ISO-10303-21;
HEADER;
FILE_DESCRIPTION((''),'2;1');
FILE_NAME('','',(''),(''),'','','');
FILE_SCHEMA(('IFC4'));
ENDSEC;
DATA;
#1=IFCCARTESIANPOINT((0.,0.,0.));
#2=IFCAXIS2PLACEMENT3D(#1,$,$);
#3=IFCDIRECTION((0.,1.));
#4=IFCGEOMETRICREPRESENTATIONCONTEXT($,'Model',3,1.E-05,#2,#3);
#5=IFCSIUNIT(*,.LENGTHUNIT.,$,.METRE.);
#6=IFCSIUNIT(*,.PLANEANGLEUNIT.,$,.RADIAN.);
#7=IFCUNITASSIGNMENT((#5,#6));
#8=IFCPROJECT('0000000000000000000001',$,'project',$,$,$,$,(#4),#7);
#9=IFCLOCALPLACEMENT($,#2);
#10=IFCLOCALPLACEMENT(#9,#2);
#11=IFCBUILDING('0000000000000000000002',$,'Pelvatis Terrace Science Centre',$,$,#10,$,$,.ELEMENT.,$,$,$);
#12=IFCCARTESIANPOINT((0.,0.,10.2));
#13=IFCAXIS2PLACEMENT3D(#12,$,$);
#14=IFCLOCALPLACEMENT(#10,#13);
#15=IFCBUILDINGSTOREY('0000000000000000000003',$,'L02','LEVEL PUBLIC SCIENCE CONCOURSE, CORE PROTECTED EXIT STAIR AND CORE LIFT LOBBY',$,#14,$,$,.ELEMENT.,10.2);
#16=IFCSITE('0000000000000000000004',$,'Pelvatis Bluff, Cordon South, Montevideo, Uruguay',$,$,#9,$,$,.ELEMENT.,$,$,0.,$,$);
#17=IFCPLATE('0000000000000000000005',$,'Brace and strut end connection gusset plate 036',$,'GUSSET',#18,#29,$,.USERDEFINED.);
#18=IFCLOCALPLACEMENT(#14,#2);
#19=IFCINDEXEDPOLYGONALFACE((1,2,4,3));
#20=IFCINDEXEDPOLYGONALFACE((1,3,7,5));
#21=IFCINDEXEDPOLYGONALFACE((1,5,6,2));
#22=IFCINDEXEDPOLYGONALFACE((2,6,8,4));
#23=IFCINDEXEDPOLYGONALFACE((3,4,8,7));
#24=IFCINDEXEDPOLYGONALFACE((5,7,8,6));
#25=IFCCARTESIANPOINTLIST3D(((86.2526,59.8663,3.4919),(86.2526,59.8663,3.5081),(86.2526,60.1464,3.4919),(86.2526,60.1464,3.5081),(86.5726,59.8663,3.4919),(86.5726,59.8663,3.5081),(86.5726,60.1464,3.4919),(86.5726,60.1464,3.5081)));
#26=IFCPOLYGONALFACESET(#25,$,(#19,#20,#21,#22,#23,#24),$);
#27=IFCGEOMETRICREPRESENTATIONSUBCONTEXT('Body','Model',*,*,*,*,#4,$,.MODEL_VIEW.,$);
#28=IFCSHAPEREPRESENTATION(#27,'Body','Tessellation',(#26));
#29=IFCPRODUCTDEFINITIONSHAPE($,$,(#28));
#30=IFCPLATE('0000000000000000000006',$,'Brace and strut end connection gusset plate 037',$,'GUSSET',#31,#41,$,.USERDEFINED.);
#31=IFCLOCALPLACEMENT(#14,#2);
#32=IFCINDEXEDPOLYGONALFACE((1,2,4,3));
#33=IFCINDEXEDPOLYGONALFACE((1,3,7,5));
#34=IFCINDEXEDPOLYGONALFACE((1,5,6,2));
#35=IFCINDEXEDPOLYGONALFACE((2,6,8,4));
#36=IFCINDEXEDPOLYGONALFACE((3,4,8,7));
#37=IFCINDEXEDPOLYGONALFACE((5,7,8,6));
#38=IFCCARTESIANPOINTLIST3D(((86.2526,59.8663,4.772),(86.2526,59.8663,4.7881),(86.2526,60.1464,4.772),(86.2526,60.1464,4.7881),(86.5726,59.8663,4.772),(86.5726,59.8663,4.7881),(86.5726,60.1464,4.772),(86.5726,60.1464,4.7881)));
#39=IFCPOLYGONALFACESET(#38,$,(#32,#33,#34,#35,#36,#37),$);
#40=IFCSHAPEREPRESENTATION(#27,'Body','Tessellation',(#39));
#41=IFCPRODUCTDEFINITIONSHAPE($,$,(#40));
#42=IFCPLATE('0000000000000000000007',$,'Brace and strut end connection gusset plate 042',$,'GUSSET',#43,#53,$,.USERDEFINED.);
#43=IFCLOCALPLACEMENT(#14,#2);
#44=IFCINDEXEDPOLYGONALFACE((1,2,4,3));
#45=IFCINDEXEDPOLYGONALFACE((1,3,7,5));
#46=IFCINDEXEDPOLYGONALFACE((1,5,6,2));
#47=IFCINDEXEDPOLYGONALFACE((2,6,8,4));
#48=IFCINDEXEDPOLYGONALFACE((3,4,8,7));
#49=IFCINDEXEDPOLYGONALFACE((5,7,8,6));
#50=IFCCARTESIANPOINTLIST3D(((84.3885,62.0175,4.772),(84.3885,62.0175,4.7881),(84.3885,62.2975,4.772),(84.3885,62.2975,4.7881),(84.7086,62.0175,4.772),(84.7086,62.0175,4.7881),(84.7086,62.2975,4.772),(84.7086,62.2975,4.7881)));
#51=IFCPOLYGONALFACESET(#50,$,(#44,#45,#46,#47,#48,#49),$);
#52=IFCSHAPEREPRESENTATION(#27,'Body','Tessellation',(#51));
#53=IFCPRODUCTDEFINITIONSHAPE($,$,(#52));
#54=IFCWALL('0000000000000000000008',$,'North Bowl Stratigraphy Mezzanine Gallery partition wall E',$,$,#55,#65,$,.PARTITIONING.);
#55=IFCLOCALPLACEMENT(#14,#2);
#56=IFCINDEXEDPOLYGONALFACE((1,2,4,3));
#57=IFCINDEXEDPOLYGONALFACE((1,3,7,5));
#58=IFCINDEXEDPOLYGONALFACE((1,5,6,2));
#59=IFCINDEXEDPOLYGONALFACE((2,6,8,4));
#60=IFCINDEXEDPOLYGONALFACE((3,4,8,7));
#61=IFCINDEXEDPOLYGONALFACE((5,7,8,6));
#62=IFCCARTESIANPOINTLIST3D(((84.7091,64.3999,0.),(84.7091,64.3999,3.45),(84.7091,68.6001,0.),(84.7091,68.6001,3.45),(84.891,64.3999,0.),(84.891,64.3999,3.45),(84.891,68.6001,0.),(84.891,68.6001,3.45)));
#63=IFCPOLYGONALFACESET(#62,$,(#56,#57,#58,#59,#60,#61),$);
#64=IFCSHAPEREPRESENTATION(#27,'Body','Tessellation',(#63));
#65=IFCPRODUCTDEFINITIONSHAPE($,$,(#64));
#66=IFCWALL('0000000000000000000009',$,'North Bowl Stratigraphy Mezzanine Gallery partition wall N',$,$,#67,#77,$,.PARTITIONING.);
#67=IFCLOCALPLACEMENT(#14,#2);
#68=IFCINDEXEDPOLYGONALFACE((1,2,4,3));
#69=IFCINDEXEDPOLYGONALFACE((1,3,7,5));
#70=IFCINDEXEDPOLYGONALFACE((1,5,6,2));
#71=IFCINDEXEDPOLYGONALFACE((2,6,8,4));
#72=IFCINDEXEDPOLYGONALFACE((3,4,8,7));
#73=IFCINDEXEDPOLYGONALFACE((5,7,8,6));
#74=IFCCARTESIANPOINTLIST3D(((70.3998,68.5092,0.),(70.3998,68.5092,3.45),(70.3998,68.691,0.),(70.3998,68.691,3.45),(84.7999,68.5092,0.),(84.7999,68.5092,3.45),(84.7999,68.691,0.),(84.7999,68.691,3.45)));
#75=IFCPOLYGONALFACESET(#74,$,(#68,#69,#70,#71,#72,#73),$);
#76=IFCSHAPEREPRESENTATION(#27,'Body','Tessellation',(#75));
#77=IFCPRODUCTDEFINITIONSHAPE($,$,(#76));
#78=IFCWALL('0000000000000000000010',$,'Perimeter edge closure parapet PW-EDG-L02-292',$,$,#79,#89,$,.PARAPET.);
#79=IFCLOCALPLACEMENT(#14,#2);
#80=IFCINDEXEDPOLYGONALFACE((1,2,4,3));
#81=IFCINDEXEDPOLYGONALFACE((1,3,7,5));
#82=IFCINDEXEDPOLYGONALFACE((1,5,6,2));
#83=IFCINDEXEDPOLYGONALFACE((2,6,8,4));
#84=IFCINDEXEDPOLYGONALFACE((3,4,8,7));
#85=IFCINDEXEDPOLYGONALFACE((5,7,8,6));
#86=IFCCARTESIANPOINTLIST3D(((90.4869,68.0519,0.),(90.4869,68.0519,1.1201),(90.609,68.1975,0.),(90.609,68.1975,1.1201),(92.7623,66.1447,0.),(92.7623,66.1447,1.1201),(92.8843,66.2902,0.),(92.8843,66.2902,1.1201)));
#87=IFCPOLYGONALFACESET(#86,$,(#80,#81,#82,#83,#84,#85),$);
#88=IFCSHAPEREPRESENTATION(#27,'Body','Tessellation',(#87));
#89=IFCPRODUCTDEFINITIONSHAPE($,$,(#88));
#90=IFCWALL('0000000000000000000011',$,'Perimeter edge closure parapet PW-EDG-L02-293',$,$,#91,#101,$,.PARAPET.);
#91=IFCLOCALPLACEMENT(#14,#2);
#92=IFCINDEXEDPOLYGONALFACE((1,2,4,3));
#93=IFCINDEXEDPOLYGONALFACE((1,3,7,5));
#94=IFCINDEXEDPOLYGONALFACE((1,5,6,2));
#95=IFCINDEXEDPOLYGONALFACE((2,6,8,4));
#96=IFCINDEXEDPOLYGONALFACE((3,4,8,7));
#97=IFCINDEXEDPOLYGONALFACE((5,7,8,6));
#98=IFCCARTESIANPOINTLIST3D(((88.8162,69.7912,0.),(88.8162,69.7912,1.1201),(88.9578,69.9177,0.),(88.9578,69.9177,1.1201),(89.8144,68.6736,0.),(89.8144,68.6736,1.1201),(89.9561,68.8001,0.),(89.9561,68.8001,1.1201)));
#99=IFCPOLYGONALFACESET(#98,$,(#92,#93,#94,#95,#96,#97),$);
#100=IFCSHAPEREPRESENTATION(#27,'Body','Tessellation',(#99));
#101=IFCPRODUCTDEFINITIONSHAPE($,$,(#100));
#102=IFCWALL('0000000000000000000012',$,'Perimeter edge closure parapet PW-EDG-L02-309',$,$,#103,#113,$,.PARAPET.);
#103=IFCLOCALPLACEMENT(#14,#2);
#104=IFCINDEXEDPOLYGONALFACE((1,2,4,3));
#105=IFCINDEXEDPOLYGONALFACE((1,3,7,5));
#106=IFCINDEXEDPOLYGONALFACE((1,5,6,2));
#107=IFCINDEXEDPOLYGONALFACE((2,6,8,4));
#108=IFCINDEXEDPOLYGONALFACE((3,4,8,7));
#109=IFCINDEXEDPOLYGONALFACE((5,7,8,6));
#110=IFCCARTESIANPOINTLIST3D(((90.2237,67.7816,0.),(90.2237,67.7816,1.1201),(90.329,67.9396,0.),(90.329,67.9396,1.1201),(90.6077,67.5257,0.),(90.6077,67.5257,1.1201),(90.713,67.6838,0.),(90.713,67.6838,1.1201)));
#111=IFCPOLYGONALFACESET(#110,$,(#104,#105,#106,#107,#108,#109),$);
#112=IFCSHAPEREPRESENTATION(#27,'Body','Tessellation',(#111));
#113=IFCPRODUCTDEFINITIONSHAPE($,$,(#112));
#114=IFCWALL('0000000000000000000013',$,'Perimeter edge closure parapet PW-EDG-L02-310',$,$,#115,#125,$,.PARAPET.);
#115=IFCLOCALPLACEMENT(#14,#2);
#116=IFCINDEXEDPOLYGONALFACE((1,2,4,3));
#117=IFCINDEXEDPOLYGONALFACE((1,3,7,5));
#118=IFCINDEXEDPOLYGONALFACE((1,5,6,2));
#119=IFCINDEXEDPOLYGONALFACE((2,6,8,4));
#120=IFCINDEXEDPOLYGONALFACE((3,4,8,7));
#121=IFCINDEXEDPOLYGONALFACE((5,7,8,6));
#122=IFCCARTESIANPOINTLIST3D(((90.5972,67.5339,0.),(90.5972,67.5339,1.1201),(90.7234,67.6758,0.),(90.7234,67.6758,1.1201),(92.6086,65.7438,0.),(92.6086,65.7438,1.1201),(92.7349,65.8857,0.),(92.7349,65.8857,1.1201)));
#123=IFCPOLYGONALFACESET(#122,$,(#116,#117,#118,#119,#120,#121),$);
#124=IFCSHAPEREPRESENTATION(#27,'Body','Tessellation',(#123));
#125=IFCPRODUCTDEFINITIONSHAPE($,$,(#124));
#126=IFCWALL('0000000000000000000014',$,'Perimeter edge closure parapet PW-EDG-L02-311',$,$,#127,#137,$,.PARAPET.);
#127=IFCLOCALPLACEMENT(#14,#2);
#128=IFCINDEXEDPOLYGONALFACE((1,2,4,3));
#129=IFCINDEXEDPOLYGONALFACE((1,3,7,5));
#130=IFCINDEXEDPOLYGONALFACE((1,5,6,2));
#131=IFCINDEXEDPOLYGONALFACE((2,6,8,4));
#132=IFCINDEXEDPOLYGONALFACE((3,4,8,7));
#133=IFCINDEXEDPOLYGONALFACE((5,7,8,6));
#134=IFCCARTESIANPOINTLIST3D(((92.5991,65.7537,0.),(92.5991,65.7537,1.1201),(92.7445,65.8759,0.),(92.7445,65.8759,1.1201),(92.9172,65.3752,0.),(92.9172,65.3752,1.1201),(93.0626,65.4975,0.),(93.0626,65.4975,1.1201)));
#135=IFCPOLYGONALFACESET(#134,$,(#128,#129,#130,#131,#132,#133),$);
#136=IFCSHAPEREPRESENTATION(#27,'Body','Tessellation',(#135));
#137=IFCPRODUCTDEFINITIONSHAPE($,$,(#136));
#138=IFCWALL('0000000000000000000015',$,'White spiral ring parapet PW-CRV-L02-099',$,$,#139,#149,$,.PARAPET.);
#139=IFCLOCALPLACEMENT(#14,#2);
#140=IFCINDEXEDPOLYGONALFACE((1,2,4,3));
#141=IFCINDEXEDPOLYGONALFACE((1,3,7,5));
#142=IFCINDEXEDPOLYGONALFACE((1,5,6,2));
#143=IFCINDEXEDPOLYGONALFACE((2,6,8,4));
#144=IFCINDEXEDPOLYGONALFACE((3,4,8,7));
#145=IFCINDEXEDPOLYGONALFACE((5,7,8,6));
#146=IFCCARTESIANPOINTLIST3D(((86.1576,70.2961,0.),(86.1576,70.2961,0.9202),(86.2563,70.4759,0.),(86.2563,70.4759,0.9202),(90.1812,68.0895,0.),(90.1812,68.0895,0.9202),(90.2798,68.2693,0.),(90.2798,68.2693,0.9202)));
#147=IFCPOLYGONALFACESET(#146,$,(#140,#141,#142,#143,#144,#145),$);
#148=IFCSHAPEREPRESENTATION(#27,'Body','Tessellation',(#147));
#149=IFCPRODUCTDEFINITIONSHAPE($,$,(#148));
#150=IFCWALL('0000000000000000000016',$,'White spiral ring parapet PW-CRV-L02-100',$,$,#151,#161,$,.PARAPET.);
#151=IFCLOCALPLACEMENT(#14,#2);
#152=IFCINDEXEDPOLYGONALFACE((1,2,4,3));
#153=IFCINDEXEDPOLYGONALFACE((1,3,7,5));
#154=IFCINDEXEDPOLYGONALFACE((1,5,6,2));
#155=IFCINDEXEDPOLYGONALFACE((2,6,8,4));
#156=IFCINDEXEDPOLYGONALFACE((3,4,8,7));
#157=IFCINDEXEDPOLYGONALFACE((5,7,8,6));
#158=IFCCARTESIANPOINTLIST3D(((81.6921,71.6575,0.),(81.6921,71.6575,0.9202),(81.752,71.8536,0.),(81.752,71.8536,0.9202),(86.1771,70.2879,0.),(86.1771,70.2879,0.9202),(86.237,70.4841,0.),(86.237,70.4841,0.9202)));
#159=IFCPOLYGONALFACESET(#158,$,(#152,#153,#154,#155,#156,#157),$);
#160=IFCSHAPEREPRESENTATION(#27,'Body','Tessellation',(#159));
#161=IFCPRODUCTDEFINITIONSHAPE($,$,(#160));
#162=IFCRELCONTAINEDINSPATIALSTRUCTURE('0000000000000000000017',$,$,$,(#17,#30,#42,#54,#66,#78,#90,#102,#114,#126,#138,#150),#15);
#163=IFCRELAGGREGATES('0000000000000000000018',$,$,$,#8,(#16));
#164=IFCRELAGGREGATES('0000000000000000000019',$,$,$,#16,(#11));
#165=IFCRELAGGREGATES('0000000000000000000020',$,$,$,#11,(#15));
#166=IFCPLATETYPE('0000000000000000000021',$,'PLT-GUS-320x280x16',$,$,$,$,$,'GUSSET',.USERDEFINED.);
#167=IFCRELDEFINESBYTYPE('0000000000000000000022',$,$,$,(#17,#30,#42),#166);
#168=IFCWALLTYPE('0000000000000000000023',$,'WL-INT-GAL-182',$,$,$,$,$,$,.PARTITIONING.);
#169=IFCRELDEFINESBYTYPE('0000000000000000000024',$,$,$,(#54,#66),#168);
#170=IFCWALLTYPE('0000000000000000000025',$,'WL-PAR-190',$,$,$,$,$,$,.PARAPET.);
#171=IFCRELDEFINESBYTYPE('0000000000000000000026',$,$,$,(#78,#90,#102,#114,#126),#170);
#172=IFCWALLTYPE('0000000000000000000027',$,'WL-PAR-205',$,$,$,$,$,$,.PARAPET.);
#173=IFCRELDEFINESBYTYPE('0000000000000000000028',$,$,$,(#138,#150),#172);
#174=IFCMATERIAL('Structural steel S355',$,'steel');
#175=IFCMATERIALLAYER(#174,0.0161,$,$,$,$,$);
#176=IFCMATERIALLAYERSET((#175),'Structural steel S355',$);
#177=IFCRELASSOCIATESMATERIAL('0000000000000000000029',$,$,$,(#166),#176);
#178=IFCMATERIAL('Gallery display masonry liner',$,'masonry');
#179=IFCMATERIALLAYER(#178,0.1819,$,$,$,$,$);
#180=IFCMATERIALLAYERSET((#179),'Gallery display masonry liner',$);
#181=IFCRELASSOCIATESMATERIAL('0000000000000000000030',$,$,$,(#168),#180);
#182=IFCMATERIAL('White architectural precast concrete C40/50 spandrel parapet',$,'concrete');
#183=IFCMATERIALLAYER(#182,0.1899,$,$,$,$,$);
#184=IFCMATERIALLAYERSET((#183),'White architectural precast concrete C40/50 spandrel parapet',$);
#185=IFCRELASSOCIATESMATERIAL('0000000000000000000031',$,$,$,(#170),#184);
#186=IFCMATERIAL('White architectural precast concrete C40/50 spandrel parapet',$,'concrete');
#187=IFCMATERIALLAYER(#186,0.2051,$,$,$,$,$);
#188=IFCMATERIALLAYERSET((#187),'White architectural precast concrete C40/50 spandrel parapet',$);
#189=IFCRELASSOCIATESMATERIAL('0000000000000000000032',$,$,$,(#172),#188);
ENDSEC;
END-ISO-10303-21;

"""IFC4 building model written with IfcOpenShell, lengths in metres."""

from ifc_helpers import new_model, si_unit, direction, frame, frame_2d, origin, origin_2d, place, context, subcontext, project, spatial, rectangle, extrude, material, layer, layer_set, type_object, element, save


model = new_model("IFC4")

# Units and contexts
model_context = context("Model", 3, precision=1e-05, world=origin(), true_north=direction((0.0, 1.0)))
body_context = subcontext(model_context, "Body", "Model", "MODEL_VIEW")
ifc_project = project(units=[si_unit("LENGTHUNIT", "METRE"), si_unit("PLANEANGLEUNIT", "RADIAN")], contexts=[model_context])

# Site, building, storey
site_placement = place(None, origin())
site = spatial("IfcSite", under=ifc_project, at=site_placement, Name="Pelvatis Bluff, Cordon South, Montevideo, Uruguay", CompositionType="ELEMENT", RefElevation=0.0)
building_placement = place(site_placement, origin())
building = spatial("IfcBuilding", under=site, at=building_placement, Name="Pelvatis Terrace Science Centre", CompositionType="ELEMENT")
storey_placement = place(building_placement, frame((0.0, 0.0, 10.2)))
storey = spatial("IfcBuildingStorey", under=building, at=storey_placement, Name="L02", Description="LEVEL PUBLIC SCIENCE CONCOURSE, CORE PROTECTED EXIT STAIR AND CORE LIFT LOBBY", CompositionType="ELEMENT", Elevation=10.2)

# Plates
ifc_material_1 = material(Name="Structural steel S355", Category="steel")
ifc_layer_1 = layer(ifc_material_1, 0.0161)
ifc_layer_set_1 = layer_set([ifc_layer_1], Name="Structural steel S355")
plate_type_1 = type_object("IfcPlateType", Name="PLT-GUS-320x280x16", ElementType="GUSSET", PredefinedType="USERDEFINED", material=ifc_layer_set_1)
for number, where, z_axis, x_axis, name in (
    (1, (86.4126, 60.0063, 3.4919), (0.0, 0.0, 1.0), (1.0, 0.0, 0.0), "Brace and strut end connection gusset plate 036"),
    (2, (86.4126, 60.0063, 4.772), (0.0, 0.0, 1.0), (1.0, 0.0, 0.0), "Brace and strut end connection gusset plate 037"),
    (3, (84.5486, 62.1575, 4.772), (0.0, 0.0, 1.0), (1.0, 0.0, 0.0), "Brace and strut end connection gusset plate 042"),
):
    element("IfcPlate", number, at=place(storey_placement, frame(where, z_axis=z_axis, x_axis=x_axis)), inside=storey, type_object=plate_type_1, Name=name, ObjectType="GUSSET", PredefinedType="USERDEFINED", context=body_context, shape_type="SweptSolid", body=[
        extrude(rectangle(XDim=0.3201, YDim=0.28, at=origin_2d()), origin(), (0.0, 0.0, 1.0), 0.0161),
    ])

# Walls
ifc_material_2 = material(Name="Gallery display masonry liner", Category="masonry")
ifc_layer_2 = layer(ifc_material_2, 0.1819)
ifc_layer_set_2 = layer_set([ifc_layer_2], Name="Gallery display masonry liner")
wall_type_1 = type_object("IfcWallType", Name="WL-INT-GAL-182", PredefinedType="PARTITIONING", material=ifc_layer_set_2)
wall_1_placement = place(storey_placement, frame((84.8, 64.3999, 0.0), z_axis=(0.0, 0.0, 1.0), x_axis=(0.0, 1.0, 0.0)))
element("IfcWall", 4, at=wall_1_placement, inside=storey, type_object=wall_type_1, Name="North Bowl Stratigraphy Mezzanine Gallery partition wall E", PredefinedType="PARTITIONING", context=body_context, shape_type="SweptSolid", body=[
    extrude(rectangle(XDim=4.2002, YDim=0.1819, at=frame_2d((2.1001, 0.0))), origin(), (0.0, 0.0, 1.0), 3.45),
])
wall_2_placement = place(storey_placement, frame((84.8, 68.6001, 0.0), z_axis=(0.0, 0.0, 1.0), x_axis=(-1.0, 0.0, 0.0)))
element("IfcWall", 5, at=wall_2_placement, inside=storey, type_object=wall_type_1, Name="North Bowl Stratigraphy Mezzanine Gallery partition wall N", PredefinedType="PARTITIONING", context=body_context, shape_type="SweptSolid", body=[
    extrude(rectangle(XDim=14.4001, YDim=0.1819, at=frame_2d((7.2002, 0.0))), origin(), (0.0, 0.0, 1.0), 3.45),
])
ifc_material_3 = material(Name="White architectural precast concrete C40/50 spandrel parapet", Category="concrete")
ifc_layer_3 = layer(ifc_material_3, 0.1899)
ifc_layer_set_3 = layer_set([ifc_layer_3], Name="White architectural precast concrete C40/50 spandrel parapet")
wall_type_2 = type_object("IfcWallType", Name="WL-PAR-190", PredefinedType="PARAPET", material=ifc_layer_set_3)
wall_3_placement = place(storey_placement, frame((92.8232, 66.2175, 0.0), z_axis=(0.0, 0.0, 1.0), x_axis=(-0.766385, 0.642382, 0.0)))
element("IfcWall", 6, at=wall_3_placement, inside=storey, type_object=wall_type_2, Name="Perimeter edge closure parapet PW-EDG-L02-292", PredefinedType="PARAPET", context=body_context, shape_type="SweptSolid", body=[
    extrude(rectangle(XDim=2.969, YDim=0.1899, at=frame_2d((1.4844, 0.0))), origin(), (0.0, 0.0, 1.0), 1.1201),
])
wall_4_placement = place(storey_placement, frame((89.8853, 68.7368, 0.0), z_axis=(0.0, 0.0, 1.0), x_axis=(-0.666152, 0.745816, 0.0)))
element("IfcWall", 7, at=wall_4_placement, inside=storey, type_object=wall_type_2, Name="Perimeter edge closure parapet PW-EDG-L02-293", PredefinedType="PARAPET", context=body_context, shape_type="SweptSolid", body=[
    extrude(rectangle(XDim=1.4985, YDim=0.1899, at=frame_2d((0.7493, 0.0))), origin(), (0.0, 0.0, 1.0), 1.1201),
])
wall_5_placement = place(storey_placement, frame((90.2764, 67.8606, 0.0), z_axis=(0.0, 0.0, 1.0), x_axis=(0.832213, -0.554456, 0.0)))
element("IfcWall", 8, at=wall_5_placement, inside=storey, type_object=wall_type_2, Name="Perimeter edge closure parapet PW-EDG-L02-309", PredefinedType="PARAPET", context=body_context, shape_type="SweptSolid", body=[
    extrude(rectangle(XDim=0.4614, YDim=0.1899, at=frame_2d((0.2307, 0.0))), origin(), (0.0, 0.0, 1.0), 1.1201),
])
wall_6_placement = place(storey_placement, frame((90.6604, 67.6047, 0.0), z_axis=(0.0, 0.0, 1.0), x_axis=(0.747029, -0.664791, 0.0)))
element("IfcWall", 9, at=wall_6_placement, inside=storey, type_object=wall_type_2, Name="Perimeter edge closure parapet PW-EDG-L02-310", PredefinedType="PARAPET", context=body_context, shape_type="SweptSolid", body=[
    extrude(rectangle(XDim=2.6926, YDim=0.1899, at=frame_2d((1.3462, 0.0))), origin(), (0.0, 0.0, 1.0), 1.1201),
])
wall_7_placement = place(storey_placement, frame((92.6719, 65.8147, 0.0), z_axis=(0.0, 0.0, 1.0), x_axis=(0.643482, -0.765462, 0.0)))
element("IfcWall", 10, at=wall_7_placement, inside=storey, type_object=wall_type_2, Name="Perimeter edge closure parapet PW-EDG-L02-311", PredefinedType="PARAPET", context=body_context, shape_type="SweptSolid", body=[
    extrude(rectangle(XDim=0.4944, YDim=0.1899, at=frame_2d((0.2471, 0.0))), origin(), (0.0, 0.0, 1.0), 1.1201),
])
ifc_material_4 = material(Name="White architectural precast concrete C40/50 spandrel parapet", Category="concrete")
ifc_layer_4 = layer(ifc_material_4, 0.2051)
ifc_layer_set_4 = layer_set([ifc_layer_4], Name="White architectural precast concrete C40/50 spandrel parapet")
wall_type_3 = type_object("IfcWallType", Name="WL-PAR-205", PredefinedType="PARAPET", material=ifc_layer_set_4)
wall_8_placement = place(storey_placement, frame((90.2305, 68.1794, 0.0), z_axis=(0.0, 0.0, 1.0), x_axis=(-0.876799, 0.480856, 0.0)))
element("IfcWall", 11, at=wall_8_placement, inside=storey, type_object=wall_type_3, Name="White spiral ring parapet PW-CRV-L02-099", PredefinedType="PARAPET", context=body_context, shape_type="SweptSolid", body=[
    extrude(rectangle(XDim=4.5889, YDim=0.2051, at=frame_2d((2.2944, 0.0))), origin(), (0.0, 0.0, 1.0), 0.9202),
])
wall_9_placement = place(storey_placement, frame((86.207, 70.386, 0.0), z_axis=(0.0, 0.0, 1.0), x_axis=(-0.9564, 0.292058, 0.0)))
element("IfcWall", 12, at=wall_9_placement, inside=storey, type_object=wall_type_3, Name="White spiral ring parapet PW-CRV-L02-100", PredefinedType="PARAPET", context=body_context, shape_type="SweptSolid", body=[
    extrude(rectangle(XDim=4.6895, YDim=0.2051, at=frame_2d((2.3447, 0.0))), origin(), (0.0, 0.0, 1.0), 0.9202),
])

save(model, "model.ifc")
